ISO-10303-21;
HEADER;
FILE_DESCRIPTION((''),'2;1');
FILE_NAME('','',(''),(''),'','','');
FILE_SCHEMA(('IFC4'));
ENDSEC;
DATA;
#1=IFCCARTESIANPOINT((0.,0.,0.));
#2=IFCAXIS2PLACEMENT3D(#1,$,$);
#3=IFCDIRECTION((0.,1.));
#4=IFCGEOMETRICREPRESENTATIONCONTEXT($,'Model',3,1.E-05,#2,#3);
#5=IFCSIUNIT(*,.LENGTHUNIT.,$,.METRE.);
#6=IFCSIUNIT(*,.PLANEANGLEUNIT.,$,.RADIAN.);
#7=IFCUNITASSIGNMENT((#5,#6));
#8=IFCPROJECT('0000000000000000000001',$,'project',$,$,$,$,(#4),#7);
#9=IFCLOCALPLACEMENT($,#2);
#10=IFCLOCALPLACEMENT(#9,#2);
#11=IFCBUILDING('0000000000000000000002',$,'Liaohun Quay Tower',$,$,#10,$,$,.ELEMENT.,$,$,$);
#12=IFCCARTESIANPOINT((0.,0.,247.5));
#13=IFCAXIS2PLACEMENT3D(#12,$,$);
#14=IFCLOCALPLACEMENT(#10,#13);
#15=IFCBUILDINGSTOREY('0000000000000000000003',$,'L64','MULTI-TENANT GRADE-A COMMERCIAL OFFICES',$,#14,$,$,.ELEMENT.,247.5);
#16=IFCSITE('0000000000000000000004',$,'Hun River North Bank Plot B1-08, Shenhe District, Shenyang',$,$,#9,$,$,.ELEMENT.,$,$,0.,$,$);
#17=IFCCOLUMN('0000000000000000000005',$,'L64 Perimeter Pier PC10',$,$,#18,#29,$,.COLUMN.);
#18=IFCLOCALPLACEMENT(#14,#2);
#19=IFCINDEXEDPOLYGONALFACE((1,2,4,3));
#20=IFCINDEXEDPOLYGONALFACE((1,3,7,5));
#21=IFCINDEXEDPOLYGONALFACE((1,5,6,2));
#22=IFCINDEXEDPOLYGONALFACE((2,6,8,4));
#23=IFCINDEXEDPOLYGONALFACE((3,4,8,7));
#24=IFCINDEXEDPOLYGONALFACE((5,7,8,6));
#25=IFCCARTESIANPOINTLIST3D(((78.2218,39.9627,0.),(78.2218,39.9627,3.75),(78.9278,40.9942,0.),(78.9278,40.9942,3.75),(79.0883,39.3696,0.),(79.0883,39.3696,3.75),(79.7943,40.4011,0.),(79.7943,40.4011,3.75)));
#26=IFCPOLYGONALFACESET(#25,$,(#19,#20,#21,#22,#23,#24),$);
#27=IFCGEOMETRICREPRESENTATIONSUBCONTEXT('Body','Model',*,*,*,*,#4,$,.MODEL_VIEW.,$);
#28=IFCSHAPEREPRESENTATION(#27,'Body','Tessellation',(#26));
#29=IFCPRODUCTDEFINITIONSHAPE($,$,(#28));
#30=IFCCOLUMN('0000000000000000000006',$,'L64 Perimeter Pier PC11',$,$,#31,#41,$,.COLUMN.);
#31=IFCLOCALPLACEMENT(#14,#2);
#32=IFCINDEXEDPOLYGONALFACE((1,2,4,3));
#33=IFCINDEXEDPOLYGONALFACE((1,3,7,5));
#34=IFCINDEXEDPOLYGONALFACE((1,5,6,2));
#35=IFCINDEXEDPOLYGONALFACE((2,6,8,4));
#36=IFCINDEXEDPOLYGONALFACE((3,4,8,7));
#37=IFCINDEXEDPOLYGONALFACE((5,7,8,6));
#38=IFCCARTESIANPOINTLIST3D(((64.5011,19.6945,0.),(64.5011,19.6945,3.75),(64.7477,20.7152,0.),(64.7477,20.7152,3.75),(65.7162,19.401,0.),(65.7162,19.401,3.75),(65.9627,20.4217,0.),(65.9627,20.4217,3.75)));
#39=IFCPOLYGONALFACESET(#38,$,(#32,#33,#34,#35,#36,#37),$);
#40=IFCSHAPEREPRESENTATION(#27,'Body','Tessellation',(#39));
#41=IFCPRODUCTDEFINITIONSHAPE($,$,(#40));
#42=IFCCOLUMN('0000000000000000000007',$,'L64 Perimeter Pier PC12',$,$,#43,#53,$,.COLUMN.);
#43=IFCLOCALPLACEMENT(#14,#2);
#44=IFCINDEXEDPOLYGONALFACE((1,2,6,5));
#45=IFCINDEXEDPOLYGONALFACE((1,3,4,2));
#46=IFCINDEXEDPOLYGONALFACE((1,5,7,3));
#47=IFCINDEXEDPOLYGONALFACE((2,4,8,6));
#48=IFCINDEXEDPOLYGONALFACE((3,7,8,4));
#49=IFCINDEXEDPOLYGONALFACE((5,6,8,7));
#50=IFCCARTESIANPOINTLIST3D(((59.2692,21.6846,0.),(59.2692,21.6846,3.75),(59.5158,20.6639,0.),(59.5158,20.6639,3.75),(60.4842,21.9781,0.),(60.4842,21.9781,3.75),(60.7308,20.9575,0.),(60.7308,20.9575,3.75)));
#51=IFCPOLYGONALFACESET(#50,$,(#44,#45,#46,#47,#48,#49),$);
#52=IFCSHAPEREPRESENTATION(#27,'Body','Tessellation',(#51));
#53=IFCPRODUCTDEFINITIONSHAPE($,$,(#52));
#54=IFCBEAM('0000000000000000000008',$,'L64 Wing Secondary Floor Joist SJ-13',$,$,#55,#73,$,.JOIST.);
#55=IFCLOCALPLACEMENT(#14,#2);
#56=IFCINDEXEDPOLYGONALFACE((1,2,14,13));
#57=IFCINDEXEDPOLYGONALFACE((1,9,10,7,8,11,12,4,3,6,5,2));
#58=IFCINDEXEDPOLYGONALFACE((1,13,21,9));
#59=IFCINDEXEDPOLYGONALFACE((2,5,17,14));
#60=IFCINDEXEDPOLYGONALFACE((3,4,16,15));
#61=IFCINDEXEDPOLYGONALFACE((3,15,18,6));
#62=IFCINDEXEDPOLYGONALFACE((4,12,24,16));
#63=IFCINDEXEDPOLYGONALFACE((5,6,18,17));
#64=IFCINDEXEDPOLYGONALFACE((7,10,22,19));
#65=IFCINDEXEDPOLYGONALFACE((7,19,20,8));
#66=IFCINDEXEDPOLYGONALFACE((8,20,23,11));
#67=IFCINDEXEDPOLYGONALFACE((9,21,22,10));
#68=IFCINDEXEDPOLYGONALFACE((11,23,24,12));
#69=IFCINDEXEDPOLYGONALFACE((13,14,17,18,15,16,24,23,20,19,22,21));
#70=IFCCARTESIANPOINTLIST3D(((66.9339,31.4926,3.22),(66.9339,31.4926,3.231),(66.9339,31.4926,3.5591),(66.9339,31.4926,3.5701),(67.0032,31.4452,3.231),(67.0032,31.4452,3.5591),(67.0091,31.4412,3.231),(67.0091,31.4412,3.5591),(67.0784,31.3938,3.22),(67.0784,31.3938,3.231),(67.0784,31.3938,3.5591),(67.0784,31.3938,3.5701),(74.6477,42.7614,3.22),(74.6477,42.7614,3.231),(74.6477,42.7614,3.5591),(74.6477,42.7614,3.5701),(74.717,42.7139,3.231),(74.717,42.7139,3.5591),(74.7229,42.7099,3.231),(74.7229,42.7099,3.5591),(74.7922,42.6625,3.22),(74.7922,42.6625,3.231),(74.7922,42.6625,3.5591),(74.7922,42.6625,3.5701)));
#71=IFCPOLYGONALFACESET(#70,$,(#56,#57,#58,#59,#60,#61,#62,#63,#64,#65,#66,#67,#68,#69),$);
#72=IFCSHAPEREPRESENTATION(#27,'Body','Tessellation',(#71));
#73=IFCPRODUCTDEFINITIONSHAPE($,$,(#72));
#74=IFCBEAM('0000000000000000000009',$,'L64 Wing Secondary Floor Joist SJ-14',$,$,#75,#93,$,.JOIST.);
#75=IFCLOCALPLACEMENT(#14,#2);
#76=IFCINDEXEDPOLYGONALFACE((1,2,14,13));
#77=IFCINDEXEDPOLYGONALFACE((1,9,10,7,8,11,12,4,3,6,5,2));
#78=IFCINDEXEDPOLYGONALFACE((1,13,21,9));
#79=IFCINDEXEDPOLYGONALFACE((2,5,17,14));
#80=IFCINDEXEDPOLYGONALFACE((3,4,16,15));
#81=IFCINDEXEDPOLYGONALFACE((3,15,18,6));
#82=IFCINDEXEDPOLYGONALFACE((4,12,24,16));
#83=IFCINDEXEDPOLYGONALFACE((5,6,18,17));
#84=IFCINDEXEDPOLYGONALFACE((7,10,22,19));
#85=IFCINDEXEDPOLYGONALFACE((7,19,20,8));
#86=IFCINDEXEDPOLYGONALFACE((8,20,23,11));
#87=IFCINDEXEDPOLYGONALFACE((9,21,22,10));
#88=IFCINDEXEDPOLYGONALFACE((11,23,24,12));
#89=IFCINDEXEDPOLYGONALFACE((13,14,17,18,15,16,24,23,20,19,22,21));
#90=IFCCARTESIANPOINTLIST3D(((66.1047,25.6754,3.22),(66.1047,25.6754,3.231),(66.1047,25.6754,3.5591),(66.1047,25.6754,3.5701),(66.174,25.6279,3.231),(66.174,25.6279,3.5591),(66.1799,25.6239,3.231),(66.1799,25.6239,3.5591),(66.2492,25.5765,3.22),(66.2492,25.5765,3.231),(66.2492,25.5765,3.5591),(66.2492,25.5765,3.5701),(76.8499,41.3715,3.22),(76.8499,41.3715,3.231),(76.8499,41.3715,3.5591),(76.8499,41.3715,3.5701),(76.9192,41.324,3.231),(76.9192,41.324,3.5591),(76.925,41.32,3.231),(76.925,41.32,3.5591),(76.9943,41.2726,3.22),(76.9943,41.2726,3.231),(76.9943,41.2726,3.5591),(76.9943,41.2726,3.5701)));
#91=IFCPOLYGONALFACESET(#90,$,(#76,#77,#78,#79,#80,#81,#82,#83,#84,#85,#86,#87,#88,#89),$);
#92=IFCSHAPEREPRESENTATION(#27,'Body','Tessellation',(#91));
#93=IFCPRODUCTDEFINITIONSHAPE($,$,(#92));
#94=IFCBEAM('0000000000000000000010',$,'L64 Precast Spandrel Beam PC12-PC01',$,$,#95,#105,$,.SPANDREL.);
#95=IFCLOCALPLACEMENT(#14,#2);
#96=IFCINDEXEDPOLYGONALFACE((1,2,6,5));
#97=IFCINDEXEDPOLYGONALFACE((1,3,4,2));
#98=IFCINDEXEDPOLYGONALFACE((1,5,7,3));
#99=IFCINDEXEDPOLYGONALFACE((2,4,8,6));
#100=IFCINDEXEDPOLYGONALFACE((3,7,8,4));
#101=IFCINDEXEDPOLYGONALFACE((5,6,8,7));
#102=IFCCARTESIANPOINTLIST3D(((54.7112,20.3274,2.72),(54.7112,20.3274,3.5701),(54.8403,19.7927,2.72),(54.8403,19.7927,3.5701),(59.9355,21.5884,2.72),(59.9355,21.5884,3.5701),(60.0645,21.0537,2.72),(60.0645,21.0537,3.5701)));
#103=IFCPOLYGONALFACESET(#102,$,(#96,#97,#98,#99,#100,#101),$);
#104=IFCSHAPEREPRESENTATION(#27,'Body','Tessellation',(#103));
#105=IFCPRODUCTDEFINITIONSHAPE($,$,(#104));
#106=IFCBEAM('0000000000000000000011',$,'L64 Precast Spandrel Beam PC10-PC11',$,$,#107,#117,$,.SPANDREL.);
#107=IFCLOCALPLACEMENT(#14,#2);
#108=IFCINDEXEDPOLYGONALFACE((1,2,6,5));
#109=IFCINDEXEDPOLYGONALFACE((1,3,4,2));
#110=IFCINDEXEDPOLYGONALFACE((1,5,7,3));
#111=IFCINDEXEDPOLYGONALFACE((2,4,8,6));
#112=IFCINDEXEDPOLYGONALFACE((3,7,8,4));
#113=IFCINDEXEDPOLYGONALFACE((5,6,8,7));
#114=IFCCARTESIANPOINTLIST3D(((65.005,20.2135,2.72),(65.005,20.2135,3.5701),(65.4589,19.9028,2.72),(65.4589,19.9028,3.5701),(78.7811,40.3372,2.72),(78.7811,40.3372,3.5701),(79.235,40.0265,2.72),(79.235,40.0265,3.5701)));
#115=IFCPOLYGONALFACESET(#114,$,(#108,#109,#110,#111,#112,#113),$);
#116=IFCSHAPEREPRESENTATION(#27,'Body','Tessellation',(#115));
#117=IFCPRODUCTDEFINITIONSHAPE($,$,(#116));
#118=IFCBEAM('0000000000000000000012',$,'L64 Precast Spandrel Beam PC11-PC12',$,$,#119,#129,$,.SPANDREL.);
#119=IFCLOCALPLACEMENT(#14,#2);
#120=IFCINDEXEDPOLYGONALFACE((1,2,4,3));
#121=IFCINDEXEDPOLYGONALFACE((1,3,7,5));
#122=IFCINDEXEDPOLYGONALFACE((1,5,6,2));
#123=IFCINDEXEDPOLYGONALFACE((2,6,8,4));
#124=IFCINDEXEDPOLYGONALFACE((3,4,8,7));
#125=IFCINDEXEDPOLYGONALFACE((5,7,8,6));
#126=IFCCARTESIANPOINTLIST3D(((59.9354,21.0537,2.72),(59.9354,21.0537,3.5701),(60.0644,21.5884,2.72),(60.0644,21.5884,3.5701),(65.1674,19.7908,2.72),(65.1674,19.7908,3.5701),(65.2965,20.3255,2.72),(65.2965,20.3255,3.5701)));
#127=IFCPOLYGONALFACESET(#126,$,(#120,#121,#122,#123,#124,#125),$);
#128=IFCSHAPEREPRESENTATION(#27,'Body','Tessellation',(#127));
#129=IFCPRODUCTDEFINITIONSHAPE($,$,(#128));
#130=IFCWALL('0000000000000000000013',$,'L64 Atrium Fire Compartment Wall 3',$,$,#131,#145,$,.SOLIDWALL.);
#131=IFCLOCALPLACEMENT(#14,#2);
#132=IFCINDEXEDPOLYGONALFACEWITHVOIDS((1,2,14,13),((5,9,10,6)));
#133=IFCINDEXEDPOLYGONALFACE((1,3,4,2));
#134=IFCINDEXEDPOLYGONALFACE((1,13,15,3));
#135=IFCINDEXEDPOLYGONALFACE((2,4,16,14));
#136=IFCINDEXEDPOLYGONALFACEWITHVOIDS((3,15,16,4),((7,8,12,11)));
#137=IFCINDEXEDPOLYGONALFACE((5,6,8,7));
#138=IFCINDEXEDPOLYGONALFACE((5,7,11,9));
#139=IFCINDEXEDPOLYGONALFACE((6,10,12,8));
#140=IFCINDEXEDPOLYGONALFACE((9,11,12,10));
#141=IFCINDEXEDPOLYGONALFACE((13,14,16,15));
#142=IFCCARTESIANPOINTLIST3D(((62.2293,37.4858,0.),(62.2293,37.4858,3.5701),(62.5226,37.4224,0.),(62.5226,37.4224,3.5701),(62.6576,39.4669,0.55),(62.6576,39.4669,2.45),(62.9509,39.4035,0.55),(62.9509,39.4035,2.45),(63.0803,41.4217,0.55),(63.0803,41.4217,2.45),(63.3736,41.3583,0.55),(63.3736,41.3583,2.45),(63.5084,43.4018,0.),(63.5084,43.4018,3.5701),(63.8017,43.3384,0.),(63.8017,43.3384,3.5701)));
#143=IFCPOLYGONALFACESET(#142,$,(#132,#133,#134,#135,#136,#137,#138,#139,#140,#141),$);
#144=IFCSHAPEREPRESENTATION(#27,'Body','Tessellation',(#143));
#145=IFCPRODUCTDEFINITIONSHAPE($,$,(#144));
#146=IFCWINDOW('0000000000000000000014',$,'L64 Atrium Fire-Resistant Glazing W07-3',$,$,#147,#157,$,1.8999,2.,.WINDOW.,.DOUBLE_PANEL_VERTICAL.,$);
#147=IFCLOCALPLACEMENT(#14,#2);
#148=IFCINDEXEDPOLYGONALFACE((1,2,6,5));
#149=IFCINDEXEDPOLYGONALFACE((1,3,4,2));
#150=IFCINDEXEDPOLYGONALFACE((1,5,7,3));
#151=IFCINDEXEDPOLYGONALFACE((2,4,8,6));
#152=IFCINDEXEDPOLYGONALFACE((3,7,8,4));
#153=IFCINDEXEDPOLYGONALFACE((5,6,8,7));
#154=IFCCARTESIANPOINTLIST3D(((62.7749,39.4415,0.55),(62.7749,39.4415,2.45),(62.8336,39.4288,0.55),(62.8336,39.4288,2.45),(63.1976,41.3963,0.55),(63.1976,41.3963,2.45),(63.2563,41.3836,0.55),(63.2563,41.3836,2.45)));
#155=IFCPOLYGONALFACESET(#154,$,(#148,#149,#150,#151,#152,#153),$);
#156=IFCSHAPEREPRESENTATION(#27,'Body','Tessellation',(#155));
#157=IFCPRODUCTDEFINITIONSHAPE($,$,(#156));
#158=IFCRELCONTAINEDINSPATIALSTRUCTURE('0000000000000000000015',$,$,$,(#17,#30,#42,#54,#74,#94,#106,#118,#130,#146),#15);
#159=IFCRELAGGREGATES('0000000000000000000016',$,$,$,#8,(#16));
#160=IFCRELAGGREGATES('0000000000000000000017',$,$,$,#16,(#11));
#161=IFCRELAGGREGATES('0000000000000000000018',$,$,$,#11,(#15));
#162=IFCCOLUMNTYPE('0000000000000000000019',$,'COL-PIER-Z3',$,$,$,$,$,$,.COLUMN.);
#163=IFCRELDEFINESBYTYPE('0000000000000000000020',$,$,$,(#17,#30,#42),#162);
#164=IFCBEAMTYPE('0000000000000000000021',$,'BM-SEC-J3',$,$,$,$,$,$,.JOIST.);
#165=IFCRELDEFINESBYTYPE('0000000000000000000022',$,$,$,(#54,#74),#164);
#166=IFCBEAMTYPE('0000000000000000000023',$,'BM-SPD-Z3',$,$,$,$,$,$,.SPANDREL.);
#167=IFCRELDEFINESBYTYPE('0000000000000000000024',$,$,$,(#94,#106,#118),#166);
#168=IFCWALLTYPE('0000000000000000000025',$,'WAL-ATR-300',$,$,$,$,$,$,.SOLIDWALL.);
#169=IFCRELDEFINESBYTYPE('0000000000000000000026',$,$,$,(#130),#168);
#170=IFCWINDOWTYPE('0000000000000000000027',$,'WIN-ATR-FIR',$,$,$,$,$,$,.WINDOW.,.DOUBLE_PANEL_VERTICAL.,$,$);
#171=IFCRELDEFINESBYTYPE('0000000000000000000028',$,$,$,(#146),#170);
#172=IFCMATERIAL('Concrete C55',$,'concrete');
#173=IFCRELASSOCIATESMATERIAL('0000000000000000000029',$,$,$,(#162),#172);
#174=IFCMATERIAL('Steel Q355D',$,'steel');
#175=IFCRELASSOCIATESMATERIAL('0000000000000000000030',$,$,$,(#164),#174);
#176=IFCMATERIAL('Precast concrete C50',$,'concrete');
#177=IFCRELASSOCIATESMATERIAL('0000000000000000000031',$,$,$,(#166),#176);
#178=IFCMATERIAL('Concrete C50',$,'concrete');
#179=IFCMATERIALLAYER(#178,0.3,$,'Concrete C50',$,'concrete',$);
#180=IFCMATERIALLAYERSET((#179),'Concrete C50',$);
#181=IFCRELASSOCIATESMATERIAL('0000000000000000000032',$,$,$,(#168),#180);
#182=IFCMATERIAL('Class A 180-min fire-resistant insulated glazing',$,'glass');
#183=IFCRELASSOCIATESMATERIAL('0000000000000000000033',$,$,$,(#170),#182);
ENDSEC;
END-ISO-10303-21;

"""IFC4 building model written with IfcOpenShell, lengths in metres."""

from ifc_helpers import new_model, si_unit, direction, frame, frame_2d, origin, origin_2d, place, context, subcontext, project, spatial, rectangle, i_section, extrude, source, transform, mapped, material, layer, layer_set, material_profile, profile_set, type_object, element, fill, save


model = new_model("IFC4")

# Units and contexts
model_context = context("Model", 3, precision=1e-05, world=origin(), true_north=direction((0.0, 1.0)))
body_context = subcontext(model_context, "Body", "Model", "MODEL_VIEW")
ifc_project = project(units=[si_unit("LENGTHUNIT", "METRE"), si_unit("PLANEANGLEUNIT", "RADIAN")], contexts=[model_context])

# Site, building, storey
site_placement = place(None, origin())
site = spatial("IfcSite", under=ifc_project, at=site_placement, Name="Hun River North Bank Plot B1-08, Shenhe District, Shenyang", CompositionType="ELEMENT", RefElevation=0.0)
building_placement = place(site_placement, origin())
building = spatial("IfcBuilding", under=site, at=building_placement, Name="Liaohun Quay Tower", CompositionType="ELEMENT")
storey_placement = place(building_placement, frame((0.0, 0.0, 247.5)))
storey = spatial("IfcBuildingStorey", under=building, at=storey_placement, Name="L64", Description="MULTI-TENANT GRADE-A COMMERCIAL OFFICES", CompositionType="ELEMENT", Elevation=247.5)

# Columns
ifc_material_1 = material(Name="Concrete C55", Category="concrete")
ifc_material_profile_1 = material_profile(ifc_material_1, rectangle(XDim=1.25, YDim=1.05, at=origin_2d()), Name="RC1250x1050")
ifc_profile_set_1 = profile_set([ifc_material_profile_1], Name="Concrete C55")
column_type = type_object("IfcColumnType", Name="COL-PIER-Z3", PredefinedType="COLUMN", material=ifc_profile_set_1)
shared_shape_1 = source(origin(), body_context, "Body", "SweptSolid", [
    extrude(rectangle(XDim=1.25, YDim=1.05, at=origin_2d()), origin(), (0.0, 0.0, 1.0), 3.75),
])
for number, where, z_axis, x_axis, name in (
    (1, (79.0081, 40.1819, 0.0), (0.0, 0.0, 1.0), (0.564823, 0.825212, 0.0), "L64 Perimeter Pier PC10"),
    (2, (65.2319, 20.0581, 0.0), (0.0, 0.0, 1.0), (-0.972043, 0.234803, 0.0), "L64 Perimeter Pier PC11"),
    (3, (60.0, 21.321, 0.0), (0.0, 0.0, 1.0), (0.972043, 0.234803, 0.0), "L64 Perimeter Pier PC12"),
):
    element("IfcColumn", number, at=place(storey_placement, frame(where, z_axis=z_axis, x_axis=x_axis)), inside=storey, type_object=column_type, Name=name, PredefinedType="COLUMN", context=body_context, shape_type="MappedRepresentation", body=[
        mapped(shared_shape_1, transform((0.0, 0.0, 0.0), x_axis=(1.0, 0.0, 0.0), y_axis=(0.0, 1.0, 0.0), z_axis=(0.0, 0.0, 1.0), scale=1.0)),
    ])

# Beams
ifc_material_2 = material(Name="Steel Q355D", Category="steel")
ifc_material_profile_2 = material_profile(ifc_material_2, i_section(OverallWidth=0.175, OverallDepth=0.3501, WebThickness=0.0071, FlangeThickness=0.011, at=origin_2d()), Name="HN350x175x7x11")
ifc_profile_set_2 = profile_set([ifc_material_profile_2], Name="Steel Q355D")
beam_type_1 = type_object("IfcBeamType", Name="BM-SEC-J3", PredefinedType="JOIST", material=ifc_profile_set_2)
shared_shape_2 = source(origin(), body_context, "Body", "SweptSolid", [
    extrude(i_section(OverallWidth=0.175, OverallDepth=0.3501, WebThickness=0.0071, FlangeThickness=0.011, at=origin_2d()), origin(), (0.0, 0.0, 1.0), 13.656),
])
beam_1_placement = place(storey_placement, frame((74.72, 42.7119, 3.395), z_axis=(-0.564865, -0.825183, 0.0), x_axis=(0.825183, -0.564865, 0.0)))
element("IfcBeam", 4, at=beam_1_placement, inside=storey, type_object=beam_type_1, Name="L64 Wing Secondary Floor Joist SJ-13", PredefinedType="JOIST", context=body_context, shape_type="MappedRepresentation", body=[
    mapped(shared_shape_2, transform((0.0, 0.0, 0.0), x_axis=(1.0, 0.0, 0.0), y_axis=(0.0, 1.0, 0.0), z_axis=(0.0, 0.0, 1.0), scale=1.0)),
])
shared_shape_3 = source(origin(), body_context, "Body", "SweptSolid", [
    extrude(i_section(OverallWidth=0.175, OverallDepth=0.3501, WebThickness=0.0071, FlangeThickness=0.011, at=origin_2d()), origin(), (0.0, 0.0, 1.0), 19.0217),
])
beam_2_placement = place(storey_placement, frame((76.9221, 41.322, 3.395), z_axis=(-0.564889, -0.825167, 0.0), x_axis=(0.825167, -0.564889, 0.0)))
element("IfcBeam", 5, at=beam_2_placement, inside=storey, type_object=beam_type_1, Name="L64 Wing Secondary Floor Joist SJ-14", PredefinedType="JOIST", context=body_context, shape_type="MappedRepresentation", body=[
    mapped(shared_shape_3, transform((0.0, 0.0, 0.0), x_axis=(1.0, 0.0, 0.0), y_axis=(0.0, 1.0, 0.0), z_axis=(0.0, 0.0, 1.0), scale=1.0)),
])
ifc_material_3 = material(Name="Precast concrete C50", Category="concrete")
ifc_material_profile_3 = material_profile(ifc_material_3, rectangle(XDim=0.55, YDim=0.8501, at=origin_2d()), Name="RC550x850")
ifc_profile_set_3 = profile_set([ifc_material_profile_3], Name="Precast concrete C50")
beam_type_2 = type_object("IfcBeamType", Name="BM-SPD-Z3", PredefinedType="SPANDREL", material=ifc_profile_set_3)
shared_shape_4 = source(origin(), body_context, "Body", "SweptSolid", [
    extrude(rectangle(XDim=0.55, YDim=0.8501, at=origin_2d()), origin(), (0.0, 0.0, 1.0), 5.3743),
])
beam_3_placement = place(storey_placement, frame((60.0, 21.321, 3.145), z_axis=(-0.972083, -0.234639, 0.0), x_axis=(0.234639, -0.972083, 0.0)))
element("IfcBeam", 6, at=beam_3_placement, inside=storey, type_object=beam_type_2, Name="L64 Precast Spandrel Beam PC12-PC01", PredefinedType="SPANDREL", context=body_context, shape_type="MappedRepresentation", body=[
    mapped(shared_shape_4, transform((0.0, 0.0, 0.0), x_axis=(1.0, 0.0, 0.0), y_axis=(0.0, 1.0, 0.0), z_axis=(0.0, 0.0, 1.0), scale=1.0)),
])
shared_shape_5 = source(origin(), body_context, "Body", "SweptSolid", [
    extrude(rectangle(XDim=0.55, YDim=0.8501, at=origin_2d()), origin(), (0.0, 0.0, 1.0), 24.3875),
])
beam_4_placement = place(storey_placement, frame((79.0081, 40.1819, 3.145), z_axis=(-0.564886, -0.825169, 0.0), x_axis=(0.825169, -0.564886, 0.0)))
element("IfcBeam", 7, at=beam_4_placement, inside=storey, type_object=beam_type_2, Name="L64 Precast Spandrel Beam PC10-PC11", PredefinedType="SPANDREL", context=body_context, shape_type="MappedRepresentation", body=[
    mapped(shared_shape_5, transform((0.0, 0.0, 0.0), x_axis=(1.0, 0.0, 0.0), y_axis=(0.0, 1.0, 0.0), z_axis=(0.0, 0.0, 1.0), scale=1.0)),
])
shared_shape_6 = source(origin(), body_context, "Body", "SweptSolid", [
    extrude(rectangle(XDim=0.55, YDim=0.8501, at=origin_2d()), origin(), (0.0, 0.0, 1.0), 5.3823),
])
beam_5_placement = place(storey_placement, frame((65.2319, 20.0581, 3.145), z_axis=(-0.97208, 0.234651, 0.0), x_axis=(-0.234651, -0.97208, 0.0)))
element("IfcBeam", 8, at=beam_5_placement, inside=storey, type_object=beam_type_2, Name="L64 Precast Spandrel Beam PC11-PC12", PredefinedType="SPANDREL", context=body_context, shape_type="MappedRepresentation", body=[
    mapped(shared_shape_6, transform((0.0, 0.0, 0.0), x_axis=(1.0, 0.0, 0.0), y_axis=(0.0, 1.0, 0.0), z_axis=(0.0, 0.0, 1.0), scale=1.0)),
])

# Wall, opening, window
ifc_material_4 = material(Name="Concrete C50", Category="concrete")
ifc_layer_1 = layer(ifc_material_4, 0.3, Name="Concrete C50", Category="concrete")
ifc_layer_set_1 = layer_set([ifc_layer_1], Name="Concrete C50")
wall_type_1 = type_object("IfcWallType", Name="WAL-ATR-300", PredefinedType="SOLIDWALL", material=ifc_layer_set_1)
wall_1_placement = place(storey_placement, frame((63.655, 43.3701, 0.0), z_axis=(0.0, 0.0, 1.0), x_axis=(-0.211319, -0.977417, 0.0)))
wall_1 = element("IfcWall", 9, at=wall_1_placement, inside=storey, type_object=wall_type_1, Name="L64 Atrium Fire Compartment Wall 3", PredefinedType="SOLIDWALL", context=body_context, shape_type="SweptSolid", body=[
    extrude(rectangle(XDim=6.0527, YDim=0.3, at=frame_2d((3.0264, 0.0))), origin(), (0.0, 0.0, 1.0), 3.5701),
])
shared_shape_7 = source(origin(), body_context, "Body", "SweptSolid", [
    extrude(rectangle(XDim=2.0, YDim=1.8999, at=frame_2d((1.0, 0.95))), frame((0.0, 0.1599, 0.0), z_axis=(0.0, -1.0, 0.0), x_axis=(1.0, 0.0, 0.0)), (0.0, 0.0, 1.0), 0.3201),
])
opening_1_placement = place(wall_1_placement, frame((2.0259, 0.0, 0.55)))
opening_1 = element("IfcOpeningElement", 10, at=opening_1_placement, cuts=wall_1, PredefinedType="OPENING", context=body_context, shape_type="MappedRepresentation", body=[
    mapped(shared_shape_7, transform((0.0, 0.0, 0.0), x_axis=(1.0, 0.0, 0.0), y_axis=(0.0, 1.0, 0.0), z_axis=(0.0, 0.0, 1.0), scale=1.0)),
])
ifc_material_5 = material(Name="Class A 180-min fire-resistant insulated glazing", Category="glass")
window_type_1 = type_object("IfcWindowType", Name="WIN-ATR-FIR", PartitioningType="DOUBLE_PANEL_VERTICAL", PredefinedType="WINDOW", material=ifc_material_5)
shared_shape_8 = source(origin(), body_context, "Body", "SweptSolid", [
    extrude(rectangle(XDim=2.0, YDim=1.8999, at=frame_2d((1.0, 0.95))), frame((0.0, 0.03, 0.0), z_axis=(0.0, -1.0, 0.0), x_axis=(1.0, 0.0, 0.0)), (0.0, 0.0, 1.0), 0.0601),
])
window_1_placement = place(opening_1_placement, origin())
window_1 = element("IfcWindow", 11, at=window_1_placement, inside=storey, type_object=window_type_1, Name="L64 Atrium Fire-Resistant Glazing W07-3", OverallHeight=1.8999, OverallWidth=2.0, PartitioningType="DOUBLE_PANEL_VERTICAL", PredefinedType="WINDOW", context=body_context, shape_type="MappedRepresentation", body=[
    mapped(shared_shape_8, transform((0.0, 0.0, 0.0), x_axis=(1.0, 0.0, 0.0), y_axis=(0.0, 1.0, 0.0), z_axis=(0.0, 0.0, 1.0), scale=1.0)),
])
fill(opening_1, window_1)

save(model, "model.ifc")
